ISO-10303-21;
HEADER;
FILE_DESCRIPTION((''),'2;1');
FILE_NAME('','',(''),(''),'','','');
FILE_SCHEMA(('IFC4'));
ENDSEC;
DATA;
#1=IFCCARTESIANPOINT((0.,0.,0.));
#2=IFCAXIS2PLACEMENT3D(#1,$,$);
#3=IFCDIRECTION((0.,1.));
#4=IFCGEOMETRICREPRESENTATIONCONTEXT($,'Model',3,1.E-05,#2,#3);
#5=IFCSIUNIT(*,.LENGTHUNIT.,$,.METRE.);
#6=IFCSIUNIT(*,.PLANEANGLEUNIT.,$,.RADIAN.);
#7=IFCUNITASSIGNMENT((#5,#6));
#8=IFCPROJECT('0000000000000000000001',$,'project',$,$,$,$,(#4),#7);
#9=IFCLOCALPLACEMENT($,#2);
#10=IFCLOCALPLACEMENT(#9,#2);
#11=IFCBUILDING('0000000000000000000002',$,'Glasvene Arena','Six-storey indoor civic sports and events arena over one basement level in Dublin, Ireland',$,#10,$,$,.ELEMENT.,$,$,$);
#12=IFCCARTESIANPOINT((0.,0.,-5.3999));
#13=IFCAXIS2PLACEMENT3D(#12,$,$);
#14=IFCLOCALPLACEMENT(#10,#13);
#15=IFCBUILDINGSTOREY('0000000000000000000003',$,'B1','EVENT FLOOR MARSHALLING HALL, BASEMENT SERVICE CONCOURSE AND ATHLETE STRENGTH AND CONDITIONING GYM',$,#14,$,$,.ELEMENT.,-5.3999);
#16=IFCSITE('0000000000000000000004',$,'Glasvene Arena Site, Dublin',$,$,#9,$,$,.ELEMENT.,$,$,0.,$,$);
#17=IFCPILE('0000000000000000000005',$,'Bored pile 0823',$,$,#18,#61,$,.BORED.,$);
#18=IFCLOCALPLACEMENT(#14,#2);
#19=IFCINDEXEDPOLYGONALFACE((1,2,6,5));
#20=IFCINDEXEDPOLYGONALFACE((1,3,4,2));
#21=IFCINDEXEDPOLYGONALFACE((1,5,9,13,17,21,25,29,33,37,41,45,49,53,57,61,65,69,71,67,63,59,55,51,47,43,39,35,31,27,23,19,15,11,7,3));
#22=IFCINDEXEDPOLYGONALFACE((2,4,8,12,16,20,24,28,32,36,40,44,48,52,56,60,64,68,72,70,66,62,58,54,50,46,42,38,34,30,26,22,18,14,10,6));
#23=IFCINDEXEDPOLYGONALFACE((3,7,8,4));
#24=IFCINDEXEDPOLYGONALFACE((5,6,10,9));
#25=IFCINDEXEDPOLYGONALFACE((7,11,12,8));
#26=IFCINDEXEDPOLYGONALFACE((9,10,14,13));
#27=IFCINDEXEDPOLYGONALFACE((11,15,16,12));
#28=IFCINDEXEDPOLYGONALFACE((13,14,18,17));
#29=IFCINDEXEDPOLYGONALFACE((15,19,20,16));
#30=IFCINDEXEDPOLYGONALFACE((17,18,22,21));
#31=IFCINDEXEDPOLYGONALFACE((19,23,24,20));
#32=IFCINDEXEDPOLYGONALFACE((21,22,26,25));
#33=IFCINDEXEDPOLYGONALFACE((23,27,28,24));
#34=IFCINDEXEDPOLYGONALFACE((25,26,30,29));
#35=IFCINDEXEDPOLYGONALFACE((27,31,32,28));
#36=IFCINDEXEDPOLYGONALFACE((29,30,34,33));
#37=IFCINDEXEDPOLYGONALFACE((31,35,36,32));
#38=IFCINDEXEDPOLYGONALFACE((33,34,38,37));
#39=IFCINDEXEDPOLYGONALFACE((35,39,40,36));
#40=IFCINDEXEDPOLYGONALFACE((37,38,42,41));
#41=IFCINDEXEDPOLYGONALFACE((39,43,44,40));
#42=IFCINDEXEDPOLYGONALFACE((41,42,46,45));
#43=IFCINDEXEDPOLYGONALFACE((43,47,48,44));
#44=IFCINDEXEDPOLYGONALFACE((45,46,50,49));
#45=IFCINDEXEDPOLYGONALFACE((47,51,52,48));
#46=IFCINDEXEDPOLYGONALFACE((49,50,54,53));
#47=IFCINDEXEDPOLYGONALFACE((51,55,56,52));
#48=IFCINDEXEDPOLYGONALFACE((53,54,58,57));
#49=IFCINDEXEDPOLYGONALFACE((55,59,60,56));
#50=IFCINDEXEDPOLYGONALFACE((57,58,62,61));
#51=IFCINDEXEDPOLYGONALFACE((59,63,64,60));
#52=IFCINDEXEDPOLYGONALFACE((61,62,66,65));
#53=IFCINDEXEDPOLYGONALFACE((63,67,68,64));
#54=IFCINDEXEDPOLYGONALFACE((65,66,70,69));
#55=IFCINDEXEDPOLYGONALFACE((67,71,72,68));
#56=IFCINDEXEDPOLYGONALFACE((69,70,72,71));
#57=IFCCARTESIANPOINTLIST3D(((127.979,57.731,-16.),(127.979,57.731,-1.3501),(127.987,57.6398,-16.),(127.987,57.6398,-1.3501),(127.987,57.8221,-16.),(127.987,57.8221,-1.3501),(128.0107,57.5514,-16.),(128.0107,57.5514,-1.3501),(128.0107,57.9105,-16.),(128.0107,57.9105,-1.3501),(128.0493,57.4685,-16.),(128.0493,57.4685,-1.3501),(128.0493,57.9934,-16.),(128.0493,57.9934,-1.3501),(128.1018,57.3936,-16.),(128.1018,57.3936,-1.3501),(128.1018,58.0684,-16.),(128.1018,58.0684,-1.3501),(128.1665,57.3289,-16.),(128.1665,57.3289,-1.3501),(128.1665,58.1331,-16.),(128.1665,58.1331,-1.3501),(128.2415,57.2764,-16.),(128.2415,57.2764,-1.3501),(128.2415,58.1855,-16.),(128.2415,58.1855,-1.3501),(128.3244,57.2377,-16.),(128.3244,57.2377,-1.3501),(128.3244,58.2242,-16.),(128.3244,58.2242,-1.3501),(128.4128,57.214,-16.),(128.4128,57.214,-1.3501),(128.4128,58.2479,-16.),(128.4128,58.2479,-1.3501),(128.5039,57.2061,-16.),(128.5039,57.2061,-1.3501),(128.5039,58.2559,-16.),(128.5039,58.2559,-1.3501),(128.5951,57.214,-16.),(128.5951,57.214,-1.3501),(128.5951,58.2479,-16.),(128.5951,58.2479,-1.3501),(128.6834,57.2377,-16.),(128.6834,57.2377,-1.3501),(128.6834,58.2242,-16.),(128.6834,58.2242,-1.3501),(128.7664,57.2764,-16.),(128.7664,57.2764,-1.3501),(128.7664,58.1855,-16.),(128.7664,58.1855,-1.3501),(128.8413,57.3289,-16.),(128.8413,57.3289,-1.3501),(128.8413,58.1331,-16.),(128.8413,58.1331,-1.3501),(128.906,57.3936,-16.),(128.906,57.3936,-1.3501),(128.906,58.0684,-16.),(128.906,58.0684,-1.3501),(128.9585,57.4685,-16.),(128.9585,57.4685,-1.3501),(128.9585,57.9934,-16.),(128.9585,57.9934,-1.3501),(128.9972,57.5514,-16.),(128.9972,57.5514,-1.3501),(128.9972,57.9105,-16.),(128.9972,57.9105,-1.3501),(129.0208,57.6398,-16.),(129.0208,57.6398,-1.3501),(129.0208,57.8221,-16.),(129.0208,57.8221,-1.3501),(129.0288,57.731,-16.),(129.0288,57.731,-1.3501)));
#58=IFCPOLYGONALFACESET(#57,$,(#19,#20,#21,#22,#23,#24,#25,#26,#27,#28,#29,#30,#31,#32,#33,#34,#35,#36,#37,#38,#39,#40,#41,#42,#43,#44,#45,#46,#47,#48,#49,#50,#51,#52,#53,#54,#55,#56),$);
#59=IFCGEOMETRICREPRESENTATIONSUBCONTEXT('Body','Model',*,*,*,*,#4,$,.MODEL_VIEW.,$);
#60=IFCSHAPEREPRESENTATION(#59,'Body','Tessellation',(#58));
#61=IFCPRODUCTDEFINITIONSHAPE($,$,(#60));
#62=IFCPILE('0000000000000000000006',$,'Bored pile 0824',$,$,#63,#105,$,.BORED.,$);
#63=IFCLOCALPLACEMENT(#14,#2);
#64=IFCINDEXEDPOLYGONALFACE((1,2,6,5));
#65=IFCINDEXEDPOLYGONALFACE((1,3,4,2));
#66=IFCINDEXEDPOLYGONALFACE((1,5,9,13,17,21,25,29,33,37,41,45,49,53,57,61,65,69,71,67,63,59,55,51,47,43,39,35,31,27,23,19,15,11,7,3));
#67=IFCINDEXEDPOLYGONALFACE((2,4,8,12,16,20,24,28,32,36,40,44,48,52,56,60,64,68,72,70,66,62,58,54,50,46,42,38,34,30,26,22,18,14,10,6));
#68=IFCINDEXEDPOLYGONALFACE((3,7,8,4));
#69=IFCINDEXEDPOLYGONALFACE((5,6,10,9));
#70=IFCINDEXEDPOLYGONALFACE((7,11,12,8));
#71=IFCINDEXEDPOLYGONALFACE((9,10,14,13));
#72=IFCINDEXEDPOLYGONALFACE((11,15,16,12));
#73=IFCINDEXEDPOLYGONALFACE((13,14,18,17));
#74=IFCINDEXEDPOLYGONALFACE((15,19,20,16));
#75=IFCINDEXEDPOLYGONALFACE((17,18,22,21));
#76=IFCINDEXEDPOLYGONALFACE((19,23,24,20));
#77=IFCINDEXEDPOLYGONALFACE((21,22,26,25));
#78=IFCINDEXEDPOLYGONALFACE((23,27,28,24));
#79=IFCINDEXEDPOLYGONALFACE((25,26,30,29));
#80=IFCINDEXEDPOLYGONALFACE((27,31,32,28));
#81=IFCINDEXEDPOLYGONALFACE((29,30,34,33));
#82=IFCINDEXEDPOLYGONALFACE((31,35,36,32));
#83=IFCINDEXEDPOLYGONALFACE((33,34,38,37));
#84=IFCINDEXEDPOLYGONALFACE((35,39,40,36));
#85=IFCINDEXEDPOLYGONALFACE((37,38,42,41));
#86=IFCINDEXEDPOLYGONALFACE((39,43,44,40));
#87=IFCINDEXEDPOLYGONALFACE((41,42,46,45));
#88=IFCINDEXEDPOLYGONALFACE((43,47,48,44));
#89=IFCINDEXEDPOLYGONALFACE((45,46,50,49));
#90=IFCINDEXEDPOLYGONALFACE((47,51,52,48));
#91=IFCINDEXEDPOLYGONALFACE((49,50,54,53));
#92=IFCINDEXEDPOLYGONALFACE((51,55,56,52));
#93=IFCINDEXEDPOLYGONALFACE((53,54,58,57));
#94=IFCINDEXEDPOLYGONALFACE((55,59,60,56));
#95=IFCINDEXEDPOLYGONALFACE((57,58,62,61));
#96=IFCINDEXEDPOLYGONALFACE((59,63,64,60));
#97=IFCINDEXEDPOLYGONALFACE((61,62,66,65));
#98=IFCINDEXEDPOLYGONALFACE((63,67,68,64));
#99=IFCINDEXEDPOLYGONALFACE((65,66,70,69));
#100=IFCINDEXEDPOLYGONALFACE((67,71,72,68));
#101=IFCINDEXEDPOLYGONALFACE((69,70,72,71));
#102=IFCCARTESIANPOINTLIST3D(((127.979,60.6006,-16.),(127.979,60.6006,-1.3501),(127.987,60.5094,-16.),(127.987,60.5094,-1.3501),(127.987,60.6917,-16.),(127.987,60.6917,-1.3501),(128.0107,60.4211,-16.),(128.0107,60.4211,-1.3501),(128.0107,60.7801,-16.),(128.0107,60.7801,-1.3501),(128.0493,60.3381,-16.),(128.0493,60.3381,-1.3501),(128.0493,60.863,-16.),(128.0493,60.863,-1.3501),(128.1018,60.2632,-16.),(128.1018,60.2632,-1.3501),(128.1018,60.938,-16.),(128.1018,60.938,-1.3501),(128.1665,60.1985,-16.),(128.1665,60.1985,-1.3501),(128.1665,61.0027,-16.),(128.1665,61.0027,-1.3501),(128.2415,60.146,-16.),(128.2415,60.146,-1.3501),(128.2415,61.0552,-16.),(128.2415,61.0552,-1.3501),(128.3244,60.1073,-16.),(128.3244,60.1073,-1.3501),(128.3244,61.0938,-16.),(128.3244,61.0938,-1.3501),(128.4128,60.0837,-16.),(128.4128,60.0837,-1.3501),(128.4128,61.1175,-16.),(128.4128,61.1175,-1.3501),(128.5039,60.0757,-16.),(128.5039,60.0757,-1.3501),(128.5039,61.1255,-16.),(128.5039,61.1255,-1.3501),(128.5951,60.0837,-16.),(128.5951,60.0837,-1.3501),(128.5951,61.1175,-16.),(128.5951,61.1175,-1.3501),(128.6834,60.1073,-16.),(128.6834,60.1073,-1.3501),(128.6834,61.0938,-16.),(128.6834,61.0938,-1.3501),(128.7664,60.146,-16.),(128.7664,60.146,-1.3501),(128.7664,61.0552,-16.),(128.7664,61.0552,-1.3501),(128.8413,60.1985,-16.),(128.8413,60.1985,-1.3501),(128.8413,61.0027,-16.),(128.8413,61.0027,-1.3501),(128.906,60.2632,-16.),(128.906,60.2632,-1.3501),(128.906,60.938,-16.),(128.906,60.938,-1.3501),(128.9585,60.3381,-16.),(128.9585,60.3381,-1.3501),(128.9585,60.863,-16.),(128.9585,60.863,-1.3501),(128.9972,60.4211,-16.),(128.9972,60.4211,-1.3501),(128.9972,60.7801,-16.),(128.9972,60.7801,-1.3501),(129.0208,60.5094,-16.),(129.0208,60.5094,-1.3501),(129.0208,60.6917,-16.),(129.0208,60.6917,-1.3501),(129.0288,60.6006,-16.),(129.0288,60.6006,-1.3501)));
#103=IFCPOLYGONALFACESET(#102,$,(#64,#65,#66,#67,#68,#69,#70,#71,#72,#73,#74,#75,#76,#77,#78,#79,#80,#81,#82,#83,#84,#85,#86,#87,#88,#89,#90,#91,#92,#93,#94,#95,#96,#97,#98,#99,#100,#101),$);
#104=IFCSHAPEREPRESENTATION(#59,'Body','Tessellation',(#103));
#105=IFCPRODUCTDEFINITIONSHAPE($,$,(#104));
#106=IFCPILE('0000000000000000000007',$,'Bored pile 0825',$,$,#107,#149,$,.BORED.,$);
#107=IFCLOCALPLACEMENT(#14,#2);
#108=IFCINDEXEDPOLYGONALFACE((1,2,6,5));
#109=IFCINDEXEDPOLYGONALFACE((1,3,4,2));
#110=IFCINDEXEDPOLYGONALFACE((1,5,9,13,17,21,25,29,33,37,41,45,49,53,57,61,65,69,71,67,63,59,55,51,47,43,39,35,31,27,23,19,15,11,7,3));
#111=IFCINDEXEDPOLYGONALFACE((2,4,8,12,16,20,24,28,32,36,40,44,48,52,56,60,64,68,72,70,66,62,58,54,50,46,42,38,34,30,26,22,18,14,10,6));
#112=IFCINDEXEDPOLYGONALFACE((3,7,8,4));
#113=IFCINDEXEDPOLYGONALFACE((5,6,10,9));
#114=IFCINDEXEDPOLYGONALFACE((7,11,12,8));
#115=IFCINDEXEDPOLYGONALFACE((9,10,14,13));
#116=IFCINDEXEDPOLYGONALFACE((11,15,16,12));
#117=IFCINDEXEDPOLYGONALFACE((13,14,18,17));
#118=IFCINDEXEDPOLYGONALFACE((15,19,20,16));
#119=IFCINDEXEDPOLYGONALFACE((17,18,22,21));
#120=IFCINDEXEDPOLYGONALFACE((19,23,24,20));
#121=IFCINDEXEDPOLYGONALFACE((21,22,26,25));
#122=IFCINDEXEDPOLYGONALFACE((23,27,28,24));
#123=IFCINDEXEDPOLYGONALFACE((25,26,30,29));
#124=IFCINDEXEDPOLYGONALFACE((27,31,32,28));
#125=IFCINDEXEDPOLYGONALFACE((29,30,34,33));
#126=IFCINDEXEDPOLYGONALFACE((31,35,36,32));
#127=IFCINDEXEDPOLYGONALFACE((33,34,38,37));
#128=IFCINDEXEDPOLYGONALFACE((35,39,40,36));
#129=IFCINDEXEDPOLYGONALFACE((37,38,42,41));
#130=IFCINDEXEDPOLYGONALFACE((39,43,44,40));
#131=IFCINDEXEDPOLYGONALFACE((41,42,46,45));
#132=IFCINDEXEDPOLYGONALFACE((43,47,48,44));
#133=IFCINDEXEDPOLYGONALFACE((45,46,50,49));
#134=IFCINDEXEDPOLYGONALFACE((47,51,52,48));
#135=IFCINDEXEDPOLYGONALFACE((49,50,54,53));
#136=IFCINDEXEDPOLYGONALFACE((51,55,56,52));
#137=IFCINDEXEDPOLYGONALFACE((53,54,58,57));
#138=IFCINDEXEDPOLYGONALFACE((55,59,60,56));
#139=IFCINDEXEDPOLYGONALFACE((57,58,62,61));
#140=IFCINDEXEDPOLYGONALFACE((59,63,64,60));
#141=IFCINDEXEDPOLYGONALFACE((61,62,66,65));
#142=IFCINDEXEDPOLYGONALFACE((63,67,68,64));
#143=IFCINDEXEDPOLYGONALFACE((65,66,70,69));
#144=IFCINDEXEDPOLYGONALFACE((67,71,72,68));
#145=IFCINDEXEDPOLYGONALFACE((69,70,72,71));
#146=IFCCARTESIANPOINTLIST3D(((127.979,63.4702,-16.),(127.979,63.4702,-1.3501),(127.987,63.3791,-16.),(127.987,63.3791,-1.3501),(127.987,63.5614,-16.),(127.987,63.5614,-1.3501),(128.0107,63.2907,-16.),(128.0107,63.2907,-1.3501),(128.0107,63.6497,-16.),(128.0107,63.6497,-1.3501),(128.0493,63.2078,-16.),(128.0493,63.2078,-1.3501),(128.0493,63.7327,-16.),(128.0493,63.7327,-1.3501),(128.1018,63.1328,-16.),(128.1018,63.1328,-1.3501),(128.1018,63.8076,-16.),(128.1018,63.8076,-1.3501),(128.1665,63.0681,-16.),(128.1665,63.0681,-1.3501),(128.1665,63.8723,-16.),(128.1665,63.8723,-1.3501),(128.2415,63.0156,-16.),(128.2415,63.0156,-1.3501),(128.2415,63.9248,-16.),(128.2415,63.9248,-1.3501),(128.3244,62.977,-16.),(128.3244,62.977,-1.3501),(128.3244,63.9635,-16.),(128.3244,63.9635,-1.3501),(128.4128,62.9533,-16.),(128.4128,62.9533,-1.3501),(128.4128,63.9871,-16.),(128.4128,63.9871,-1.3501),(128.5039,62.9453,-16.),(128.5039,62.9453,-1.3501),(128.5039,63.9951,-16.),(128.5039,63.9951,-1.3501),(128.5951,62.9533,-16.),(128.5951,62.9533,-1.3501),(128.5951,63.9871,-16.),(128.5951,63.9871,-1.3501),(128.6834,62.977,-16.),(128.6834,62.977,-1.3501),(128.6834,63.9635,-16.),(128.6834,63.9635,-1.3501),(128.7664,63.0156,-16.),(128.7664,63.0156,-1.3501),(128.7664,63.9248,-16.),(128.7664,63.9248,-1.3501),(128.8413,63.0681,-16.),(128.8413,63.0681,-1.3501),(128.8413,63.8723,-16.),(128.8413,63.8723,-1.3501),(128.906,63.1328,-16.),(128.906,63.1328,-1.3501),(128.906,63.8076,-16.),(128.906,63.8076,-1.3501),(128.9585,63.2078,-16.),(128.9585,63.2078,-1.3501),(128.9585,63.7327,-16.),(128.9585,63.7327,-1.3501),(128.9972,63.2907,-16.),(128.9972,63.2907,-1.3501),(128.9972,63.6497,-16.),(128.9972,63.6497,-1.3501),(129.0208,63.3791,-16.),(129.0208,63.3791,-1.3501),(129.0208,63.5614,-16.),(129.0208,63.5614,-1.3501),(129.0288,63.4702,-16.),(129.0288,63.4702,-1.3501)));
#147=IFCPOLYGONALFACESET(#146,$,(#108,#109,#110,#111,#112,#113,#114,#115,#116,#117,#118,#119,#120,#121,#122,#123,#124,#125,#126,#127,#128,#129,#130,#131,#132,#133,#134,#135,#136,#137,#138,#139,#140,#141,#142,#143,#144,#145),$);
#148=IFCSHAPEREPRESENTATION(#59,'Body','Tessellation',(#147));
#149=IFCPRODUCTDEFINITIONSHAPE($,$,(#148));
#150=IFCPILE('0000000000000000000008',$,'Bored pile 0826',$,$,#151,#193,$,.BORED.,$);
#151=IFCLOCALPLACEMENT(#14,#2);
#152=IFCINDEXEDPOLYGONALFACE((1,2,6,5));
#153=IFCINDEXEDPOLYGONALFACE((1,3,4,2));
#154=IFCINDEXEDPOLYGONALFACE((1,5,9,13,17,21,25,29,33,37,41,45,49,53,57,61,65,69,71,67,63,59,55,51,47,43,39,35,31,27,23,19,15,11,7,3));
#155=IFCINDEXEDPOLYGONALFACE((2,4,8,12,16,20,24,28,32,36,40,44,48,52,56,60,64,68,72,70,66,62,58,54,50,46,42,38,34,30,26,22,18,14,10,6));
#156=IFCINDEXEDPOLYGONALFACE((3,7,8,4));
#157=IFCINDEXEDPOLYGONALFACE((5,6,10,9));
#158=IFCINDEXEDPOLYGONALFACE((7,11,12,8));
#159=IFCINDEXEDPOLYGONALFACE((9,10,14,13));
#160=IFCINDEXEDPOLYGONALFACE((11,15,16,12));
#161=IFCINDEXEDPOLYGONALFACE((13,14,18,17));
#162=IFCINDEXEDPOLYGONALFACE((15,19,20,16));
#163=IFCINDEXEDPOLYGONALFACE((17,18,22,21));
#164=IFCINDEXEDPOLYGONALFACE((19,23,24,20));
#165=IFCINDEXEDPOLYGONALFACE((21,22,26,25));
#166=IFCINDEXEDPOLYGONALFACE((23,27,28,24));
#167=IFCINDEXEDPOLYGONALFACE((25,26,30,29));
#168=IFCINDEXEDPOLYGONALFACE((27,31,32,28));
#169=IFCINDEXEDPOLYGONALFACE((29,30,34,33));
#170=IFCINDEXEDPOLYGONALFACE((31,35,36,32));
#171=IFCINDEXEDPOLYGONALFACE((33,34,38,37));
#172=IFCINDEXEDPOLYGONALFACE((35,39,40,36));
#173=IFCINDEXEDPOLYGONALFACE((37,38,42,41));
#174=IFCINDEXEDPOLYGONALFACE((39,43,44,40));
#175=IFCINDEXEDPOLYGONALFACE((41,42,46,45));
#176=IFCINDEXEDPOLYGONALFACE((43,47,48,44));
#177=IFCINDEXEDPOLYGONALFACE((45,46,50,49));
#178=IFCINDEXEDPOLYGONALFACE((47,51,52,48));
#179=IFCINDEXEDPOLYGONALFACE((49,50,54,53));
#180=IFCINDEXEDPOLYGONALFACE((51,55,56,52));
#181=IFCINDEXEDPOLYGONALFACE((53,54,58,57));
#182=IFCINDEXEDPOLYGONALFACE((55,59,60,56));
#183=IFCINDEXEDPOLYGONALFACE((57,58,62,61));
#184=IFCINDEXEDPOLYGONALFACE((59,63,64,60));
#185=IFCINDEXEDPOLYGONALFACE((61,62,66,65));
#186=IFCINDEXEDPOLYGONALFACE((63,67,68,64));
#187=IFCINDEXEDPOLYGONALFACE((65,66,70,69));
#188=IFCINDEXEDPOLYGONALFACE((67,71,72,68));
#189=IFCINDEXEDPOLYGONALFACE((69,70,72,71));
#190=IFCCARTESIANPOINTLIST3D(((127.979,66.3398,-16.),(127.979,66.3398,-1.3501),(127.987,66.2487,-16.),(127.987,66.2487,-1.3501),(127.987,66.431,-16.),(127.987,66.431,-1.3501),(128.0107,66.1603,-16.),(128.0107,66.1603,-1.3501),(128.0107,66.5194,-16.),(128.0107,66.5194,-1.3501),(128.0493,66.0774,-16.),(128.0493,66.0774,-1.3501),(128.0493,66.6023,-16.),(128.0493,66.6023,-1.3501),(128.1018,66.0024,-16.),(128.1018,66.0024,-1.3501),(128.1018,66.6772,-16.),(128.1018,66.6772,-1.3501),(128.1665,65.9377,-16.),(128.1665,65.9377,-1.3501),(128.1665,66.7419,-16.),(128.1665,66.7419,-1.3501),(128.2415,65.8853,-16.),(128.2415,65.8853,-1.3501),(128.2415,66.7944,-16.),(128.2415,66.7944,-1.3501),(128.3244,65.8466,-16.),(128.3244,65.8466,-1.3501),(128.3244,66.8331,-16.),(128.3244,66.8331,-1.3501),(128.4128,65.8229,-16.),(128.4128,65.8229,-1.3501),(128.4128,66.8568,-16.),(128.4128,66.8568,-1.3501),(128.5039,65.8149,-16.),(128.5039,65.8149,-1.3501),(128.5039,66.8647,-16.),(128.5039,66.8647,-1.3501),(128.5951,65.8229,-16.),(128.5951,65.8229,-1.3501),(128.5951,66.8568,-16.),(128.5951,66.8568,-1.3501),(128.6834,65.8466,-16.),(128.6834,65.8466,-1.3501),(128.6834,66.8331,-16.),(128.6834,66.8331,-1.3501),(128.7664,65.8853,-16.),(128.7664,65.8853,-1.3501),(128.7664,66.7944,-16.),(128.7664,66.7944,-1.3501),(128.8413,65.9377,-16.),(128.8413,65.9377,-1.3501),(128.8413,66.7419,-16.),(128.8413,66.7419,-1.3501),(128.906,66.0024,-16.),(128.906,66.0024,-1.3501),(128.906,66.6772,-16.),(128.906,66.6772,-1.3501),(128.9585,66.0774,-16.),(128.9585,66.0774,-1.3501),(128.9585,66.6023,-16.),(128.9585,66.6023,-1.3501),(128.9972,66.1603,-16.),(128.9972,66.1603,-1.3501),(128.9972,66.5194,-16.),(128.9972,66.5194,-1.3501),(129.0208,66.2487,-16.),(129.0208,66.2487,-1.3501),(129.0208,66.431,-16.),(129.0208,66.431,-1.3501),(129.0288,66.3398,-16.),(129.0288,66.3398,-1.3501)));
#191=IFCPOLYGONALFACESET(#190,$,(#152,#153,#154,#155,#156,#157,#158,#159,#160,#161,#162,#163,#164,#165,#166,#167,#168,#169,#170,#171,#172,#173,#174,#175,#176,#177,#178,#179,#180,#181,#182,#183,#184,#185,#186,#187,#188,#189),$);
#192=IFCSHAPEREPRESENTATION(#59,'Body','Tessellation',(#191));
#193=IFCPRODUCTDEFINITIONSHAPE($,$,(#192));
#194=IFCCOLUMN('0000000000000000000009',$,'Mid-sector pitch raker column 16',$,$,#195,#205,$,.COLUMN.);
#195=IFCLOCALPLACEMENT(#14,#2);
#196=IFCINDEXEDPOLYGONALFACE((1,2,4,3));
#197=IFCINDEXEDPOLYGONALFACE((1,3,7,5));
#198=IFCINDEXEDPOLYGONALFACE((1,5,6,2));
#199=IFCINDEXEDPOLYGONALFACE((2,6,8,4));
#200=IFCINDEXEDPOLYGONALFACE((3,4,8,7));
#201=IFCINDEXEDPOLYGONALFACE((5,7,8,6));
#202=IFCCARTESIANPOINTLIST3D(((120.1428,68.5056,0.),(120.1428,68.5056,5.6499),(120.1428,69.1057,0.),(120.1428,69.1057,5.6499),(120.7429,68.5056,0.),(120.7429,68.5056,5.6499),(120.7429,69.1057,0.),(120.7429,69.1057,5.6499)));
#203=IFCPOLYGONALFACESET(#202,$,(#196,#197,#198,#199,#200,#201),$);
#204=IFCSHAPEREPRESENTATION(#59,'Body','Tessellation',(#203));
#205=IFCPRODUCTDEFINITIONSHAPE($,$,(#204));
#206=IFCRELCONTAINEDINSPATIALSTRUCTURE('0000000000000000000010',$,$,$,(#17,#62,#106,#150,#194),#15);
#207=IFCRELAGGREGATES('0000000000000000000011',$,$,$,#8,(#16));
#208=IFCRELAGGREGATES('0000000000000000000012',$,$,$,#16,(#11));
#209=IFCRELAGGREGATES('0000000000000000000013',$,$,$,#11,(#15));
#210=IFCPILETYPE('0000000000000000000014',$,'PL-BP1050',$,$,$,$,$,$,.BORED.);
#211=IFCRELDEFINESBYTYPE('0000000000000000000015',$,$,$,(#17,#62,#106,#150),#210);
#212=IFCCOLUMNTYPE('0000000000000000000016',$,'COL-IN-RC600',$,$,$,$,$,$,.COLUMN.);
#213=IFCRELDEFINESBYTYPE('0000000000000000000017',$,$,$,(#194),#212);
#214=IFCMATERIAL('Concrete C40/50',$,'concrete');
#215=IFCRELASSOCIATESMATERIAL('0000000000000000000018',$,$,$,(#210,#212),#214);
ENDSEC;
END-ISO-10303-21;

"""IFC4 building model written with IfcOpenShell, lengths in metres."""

from ifc_helpers import new_model, si_unit, direction, frame, origin, origin_2d, place, context, subcontext, project, spatial, rectangle, circle, extrude, material, material_profile, profile_set, type_object, element, save


model = new_model("IFC4")

# Units and contexts
model_context = context("Model", 3, precision=1e-05, world=origin(), true_north=direction((0.0, 1.0)))
body_context = subcontext(model_context, "Body", "Model", "MODEL_VIEW")
ifc_project = project(units=[si_unit("LENGTHUNIT", "METRE"), si_unit("PLANEANGLEUNIT", "RADIAN")], contexts=[model_context])

# Site, building, storey
site_placement = place(None, origin())
site = spatial("IfcSite", under=ifc_project, at=site_placement, Name="Glasvene Arena Site, Dublin", CompositionType="ELEMENT", RefElevation=0.0)
building_placement = place(site_placement, origin())
building = spatial("IfcBuilding", under=site, at=building_placement, Name="Glasvene Arena", Description="Six-storey indoor civic sports and events arena over one basement level in Dublin, Ireland", CompositionType="ELEMENT")
storey_placement = place(building_placement, frame((0.0, 0.0, -5.3999)))
storey = spatial("IfcBuildingStorey", under=building, at=storey_placement, Name="B1", Description="EVENT FLOOR MARSHALLING HALL, BASEMENT SERVICE CONCOURSE AND ATHLETE STRENGTH AND CONDITIONING GYM", CompositionType="ELEMENT", Elevation=-5.3999)

# Piles
ifc_material_1 = material(Name="Concrete C40/50", Category="concrete")
ifc_material_profile_1 = material_profile(ifc_material_1, circle(Radius=0.5249, at=origin_2d()), Name="BORED PILE 1050")
ifc_profile_set_1 = profile_set([ifc_material_profile_1], Name="Concrete C40/50")
pile_type = type_object("IfcPileType", Name="PL-BP1050", PredefinedType="BORED", material=ifc_profile_set_1)
for number, where, z_axis, x_axis, name in (
    (1, (128.5039, 57.731, -1.3501), (0.0, 0.0, -1.0), (1.0, 0.0, 0.0), "Bored pile 0823"),
    (2, (128.5039, 60.6006, -1.3501), (0.0, 0.0, -1.0), (1.0, 0.0, 0.0), "Bored pile 0824"),
    (3, (128.5039, 63.4702, -1.3501), (0.0, 0.0, -1.0), (1.0, 0.0, 0.0), "Bored pile 0825"),
    (4, (128.5039, 66.3398, -1.3501), (0.0, 0.0, -1.0), (1.0, 0.0, 0.0), "Bored pile 0826"),
):
    element("IfcPile", number, at=place(storey_placement, frame(where, z_axis=z_axis, x_axis=x_axis)), inside=storey, type_object=pile_type, Name=name, PredefinedType="BORED", context=body_context, shape_type="SweptSolid", body=[
        extrude(circle(Radius=0.5249, at=origin_2d()), origin(), (0.0, 0.0, 1.0), 14.6499),
    ])

# Column
ifc_material_profile_2 = material_profile(ifc_material_1, rectangle(XDim=0.6001, YDim=0.6001, at=origin_2d()), Name="RC 600x600")
ifc_profile_set_2 = profile_set([ifc_material_profile_2], Name="Concrete C40/50")
column_type_1 = type_object("IfcColumnType", Name="COL-IN-RC600", PredefinedType="COLUMN", material=ifc_profile_set_2)
column_1_placement = place(storey_placement, frame((120.4429, 68.8057, 0.0), z_axis=(0.0, 0.0, 1.0), x_axis=(1.0, 0.0, 0.0)))
element("IfcColumn", 5, at=column_1_placement, inside=storey, type_object=column_type_1, Name="Mid-sector pitch raker column 16", PredefinedType="COLUMN", context=body_context, shape_type="SweptSolid", body=[
    extrude(rectangle(XDim=0.6001, YDim=0.6001, at=origin_2d()), origin(), (0.0, 0.0, 1.0), 5.6499),
])

save(model, "model.ifc")
